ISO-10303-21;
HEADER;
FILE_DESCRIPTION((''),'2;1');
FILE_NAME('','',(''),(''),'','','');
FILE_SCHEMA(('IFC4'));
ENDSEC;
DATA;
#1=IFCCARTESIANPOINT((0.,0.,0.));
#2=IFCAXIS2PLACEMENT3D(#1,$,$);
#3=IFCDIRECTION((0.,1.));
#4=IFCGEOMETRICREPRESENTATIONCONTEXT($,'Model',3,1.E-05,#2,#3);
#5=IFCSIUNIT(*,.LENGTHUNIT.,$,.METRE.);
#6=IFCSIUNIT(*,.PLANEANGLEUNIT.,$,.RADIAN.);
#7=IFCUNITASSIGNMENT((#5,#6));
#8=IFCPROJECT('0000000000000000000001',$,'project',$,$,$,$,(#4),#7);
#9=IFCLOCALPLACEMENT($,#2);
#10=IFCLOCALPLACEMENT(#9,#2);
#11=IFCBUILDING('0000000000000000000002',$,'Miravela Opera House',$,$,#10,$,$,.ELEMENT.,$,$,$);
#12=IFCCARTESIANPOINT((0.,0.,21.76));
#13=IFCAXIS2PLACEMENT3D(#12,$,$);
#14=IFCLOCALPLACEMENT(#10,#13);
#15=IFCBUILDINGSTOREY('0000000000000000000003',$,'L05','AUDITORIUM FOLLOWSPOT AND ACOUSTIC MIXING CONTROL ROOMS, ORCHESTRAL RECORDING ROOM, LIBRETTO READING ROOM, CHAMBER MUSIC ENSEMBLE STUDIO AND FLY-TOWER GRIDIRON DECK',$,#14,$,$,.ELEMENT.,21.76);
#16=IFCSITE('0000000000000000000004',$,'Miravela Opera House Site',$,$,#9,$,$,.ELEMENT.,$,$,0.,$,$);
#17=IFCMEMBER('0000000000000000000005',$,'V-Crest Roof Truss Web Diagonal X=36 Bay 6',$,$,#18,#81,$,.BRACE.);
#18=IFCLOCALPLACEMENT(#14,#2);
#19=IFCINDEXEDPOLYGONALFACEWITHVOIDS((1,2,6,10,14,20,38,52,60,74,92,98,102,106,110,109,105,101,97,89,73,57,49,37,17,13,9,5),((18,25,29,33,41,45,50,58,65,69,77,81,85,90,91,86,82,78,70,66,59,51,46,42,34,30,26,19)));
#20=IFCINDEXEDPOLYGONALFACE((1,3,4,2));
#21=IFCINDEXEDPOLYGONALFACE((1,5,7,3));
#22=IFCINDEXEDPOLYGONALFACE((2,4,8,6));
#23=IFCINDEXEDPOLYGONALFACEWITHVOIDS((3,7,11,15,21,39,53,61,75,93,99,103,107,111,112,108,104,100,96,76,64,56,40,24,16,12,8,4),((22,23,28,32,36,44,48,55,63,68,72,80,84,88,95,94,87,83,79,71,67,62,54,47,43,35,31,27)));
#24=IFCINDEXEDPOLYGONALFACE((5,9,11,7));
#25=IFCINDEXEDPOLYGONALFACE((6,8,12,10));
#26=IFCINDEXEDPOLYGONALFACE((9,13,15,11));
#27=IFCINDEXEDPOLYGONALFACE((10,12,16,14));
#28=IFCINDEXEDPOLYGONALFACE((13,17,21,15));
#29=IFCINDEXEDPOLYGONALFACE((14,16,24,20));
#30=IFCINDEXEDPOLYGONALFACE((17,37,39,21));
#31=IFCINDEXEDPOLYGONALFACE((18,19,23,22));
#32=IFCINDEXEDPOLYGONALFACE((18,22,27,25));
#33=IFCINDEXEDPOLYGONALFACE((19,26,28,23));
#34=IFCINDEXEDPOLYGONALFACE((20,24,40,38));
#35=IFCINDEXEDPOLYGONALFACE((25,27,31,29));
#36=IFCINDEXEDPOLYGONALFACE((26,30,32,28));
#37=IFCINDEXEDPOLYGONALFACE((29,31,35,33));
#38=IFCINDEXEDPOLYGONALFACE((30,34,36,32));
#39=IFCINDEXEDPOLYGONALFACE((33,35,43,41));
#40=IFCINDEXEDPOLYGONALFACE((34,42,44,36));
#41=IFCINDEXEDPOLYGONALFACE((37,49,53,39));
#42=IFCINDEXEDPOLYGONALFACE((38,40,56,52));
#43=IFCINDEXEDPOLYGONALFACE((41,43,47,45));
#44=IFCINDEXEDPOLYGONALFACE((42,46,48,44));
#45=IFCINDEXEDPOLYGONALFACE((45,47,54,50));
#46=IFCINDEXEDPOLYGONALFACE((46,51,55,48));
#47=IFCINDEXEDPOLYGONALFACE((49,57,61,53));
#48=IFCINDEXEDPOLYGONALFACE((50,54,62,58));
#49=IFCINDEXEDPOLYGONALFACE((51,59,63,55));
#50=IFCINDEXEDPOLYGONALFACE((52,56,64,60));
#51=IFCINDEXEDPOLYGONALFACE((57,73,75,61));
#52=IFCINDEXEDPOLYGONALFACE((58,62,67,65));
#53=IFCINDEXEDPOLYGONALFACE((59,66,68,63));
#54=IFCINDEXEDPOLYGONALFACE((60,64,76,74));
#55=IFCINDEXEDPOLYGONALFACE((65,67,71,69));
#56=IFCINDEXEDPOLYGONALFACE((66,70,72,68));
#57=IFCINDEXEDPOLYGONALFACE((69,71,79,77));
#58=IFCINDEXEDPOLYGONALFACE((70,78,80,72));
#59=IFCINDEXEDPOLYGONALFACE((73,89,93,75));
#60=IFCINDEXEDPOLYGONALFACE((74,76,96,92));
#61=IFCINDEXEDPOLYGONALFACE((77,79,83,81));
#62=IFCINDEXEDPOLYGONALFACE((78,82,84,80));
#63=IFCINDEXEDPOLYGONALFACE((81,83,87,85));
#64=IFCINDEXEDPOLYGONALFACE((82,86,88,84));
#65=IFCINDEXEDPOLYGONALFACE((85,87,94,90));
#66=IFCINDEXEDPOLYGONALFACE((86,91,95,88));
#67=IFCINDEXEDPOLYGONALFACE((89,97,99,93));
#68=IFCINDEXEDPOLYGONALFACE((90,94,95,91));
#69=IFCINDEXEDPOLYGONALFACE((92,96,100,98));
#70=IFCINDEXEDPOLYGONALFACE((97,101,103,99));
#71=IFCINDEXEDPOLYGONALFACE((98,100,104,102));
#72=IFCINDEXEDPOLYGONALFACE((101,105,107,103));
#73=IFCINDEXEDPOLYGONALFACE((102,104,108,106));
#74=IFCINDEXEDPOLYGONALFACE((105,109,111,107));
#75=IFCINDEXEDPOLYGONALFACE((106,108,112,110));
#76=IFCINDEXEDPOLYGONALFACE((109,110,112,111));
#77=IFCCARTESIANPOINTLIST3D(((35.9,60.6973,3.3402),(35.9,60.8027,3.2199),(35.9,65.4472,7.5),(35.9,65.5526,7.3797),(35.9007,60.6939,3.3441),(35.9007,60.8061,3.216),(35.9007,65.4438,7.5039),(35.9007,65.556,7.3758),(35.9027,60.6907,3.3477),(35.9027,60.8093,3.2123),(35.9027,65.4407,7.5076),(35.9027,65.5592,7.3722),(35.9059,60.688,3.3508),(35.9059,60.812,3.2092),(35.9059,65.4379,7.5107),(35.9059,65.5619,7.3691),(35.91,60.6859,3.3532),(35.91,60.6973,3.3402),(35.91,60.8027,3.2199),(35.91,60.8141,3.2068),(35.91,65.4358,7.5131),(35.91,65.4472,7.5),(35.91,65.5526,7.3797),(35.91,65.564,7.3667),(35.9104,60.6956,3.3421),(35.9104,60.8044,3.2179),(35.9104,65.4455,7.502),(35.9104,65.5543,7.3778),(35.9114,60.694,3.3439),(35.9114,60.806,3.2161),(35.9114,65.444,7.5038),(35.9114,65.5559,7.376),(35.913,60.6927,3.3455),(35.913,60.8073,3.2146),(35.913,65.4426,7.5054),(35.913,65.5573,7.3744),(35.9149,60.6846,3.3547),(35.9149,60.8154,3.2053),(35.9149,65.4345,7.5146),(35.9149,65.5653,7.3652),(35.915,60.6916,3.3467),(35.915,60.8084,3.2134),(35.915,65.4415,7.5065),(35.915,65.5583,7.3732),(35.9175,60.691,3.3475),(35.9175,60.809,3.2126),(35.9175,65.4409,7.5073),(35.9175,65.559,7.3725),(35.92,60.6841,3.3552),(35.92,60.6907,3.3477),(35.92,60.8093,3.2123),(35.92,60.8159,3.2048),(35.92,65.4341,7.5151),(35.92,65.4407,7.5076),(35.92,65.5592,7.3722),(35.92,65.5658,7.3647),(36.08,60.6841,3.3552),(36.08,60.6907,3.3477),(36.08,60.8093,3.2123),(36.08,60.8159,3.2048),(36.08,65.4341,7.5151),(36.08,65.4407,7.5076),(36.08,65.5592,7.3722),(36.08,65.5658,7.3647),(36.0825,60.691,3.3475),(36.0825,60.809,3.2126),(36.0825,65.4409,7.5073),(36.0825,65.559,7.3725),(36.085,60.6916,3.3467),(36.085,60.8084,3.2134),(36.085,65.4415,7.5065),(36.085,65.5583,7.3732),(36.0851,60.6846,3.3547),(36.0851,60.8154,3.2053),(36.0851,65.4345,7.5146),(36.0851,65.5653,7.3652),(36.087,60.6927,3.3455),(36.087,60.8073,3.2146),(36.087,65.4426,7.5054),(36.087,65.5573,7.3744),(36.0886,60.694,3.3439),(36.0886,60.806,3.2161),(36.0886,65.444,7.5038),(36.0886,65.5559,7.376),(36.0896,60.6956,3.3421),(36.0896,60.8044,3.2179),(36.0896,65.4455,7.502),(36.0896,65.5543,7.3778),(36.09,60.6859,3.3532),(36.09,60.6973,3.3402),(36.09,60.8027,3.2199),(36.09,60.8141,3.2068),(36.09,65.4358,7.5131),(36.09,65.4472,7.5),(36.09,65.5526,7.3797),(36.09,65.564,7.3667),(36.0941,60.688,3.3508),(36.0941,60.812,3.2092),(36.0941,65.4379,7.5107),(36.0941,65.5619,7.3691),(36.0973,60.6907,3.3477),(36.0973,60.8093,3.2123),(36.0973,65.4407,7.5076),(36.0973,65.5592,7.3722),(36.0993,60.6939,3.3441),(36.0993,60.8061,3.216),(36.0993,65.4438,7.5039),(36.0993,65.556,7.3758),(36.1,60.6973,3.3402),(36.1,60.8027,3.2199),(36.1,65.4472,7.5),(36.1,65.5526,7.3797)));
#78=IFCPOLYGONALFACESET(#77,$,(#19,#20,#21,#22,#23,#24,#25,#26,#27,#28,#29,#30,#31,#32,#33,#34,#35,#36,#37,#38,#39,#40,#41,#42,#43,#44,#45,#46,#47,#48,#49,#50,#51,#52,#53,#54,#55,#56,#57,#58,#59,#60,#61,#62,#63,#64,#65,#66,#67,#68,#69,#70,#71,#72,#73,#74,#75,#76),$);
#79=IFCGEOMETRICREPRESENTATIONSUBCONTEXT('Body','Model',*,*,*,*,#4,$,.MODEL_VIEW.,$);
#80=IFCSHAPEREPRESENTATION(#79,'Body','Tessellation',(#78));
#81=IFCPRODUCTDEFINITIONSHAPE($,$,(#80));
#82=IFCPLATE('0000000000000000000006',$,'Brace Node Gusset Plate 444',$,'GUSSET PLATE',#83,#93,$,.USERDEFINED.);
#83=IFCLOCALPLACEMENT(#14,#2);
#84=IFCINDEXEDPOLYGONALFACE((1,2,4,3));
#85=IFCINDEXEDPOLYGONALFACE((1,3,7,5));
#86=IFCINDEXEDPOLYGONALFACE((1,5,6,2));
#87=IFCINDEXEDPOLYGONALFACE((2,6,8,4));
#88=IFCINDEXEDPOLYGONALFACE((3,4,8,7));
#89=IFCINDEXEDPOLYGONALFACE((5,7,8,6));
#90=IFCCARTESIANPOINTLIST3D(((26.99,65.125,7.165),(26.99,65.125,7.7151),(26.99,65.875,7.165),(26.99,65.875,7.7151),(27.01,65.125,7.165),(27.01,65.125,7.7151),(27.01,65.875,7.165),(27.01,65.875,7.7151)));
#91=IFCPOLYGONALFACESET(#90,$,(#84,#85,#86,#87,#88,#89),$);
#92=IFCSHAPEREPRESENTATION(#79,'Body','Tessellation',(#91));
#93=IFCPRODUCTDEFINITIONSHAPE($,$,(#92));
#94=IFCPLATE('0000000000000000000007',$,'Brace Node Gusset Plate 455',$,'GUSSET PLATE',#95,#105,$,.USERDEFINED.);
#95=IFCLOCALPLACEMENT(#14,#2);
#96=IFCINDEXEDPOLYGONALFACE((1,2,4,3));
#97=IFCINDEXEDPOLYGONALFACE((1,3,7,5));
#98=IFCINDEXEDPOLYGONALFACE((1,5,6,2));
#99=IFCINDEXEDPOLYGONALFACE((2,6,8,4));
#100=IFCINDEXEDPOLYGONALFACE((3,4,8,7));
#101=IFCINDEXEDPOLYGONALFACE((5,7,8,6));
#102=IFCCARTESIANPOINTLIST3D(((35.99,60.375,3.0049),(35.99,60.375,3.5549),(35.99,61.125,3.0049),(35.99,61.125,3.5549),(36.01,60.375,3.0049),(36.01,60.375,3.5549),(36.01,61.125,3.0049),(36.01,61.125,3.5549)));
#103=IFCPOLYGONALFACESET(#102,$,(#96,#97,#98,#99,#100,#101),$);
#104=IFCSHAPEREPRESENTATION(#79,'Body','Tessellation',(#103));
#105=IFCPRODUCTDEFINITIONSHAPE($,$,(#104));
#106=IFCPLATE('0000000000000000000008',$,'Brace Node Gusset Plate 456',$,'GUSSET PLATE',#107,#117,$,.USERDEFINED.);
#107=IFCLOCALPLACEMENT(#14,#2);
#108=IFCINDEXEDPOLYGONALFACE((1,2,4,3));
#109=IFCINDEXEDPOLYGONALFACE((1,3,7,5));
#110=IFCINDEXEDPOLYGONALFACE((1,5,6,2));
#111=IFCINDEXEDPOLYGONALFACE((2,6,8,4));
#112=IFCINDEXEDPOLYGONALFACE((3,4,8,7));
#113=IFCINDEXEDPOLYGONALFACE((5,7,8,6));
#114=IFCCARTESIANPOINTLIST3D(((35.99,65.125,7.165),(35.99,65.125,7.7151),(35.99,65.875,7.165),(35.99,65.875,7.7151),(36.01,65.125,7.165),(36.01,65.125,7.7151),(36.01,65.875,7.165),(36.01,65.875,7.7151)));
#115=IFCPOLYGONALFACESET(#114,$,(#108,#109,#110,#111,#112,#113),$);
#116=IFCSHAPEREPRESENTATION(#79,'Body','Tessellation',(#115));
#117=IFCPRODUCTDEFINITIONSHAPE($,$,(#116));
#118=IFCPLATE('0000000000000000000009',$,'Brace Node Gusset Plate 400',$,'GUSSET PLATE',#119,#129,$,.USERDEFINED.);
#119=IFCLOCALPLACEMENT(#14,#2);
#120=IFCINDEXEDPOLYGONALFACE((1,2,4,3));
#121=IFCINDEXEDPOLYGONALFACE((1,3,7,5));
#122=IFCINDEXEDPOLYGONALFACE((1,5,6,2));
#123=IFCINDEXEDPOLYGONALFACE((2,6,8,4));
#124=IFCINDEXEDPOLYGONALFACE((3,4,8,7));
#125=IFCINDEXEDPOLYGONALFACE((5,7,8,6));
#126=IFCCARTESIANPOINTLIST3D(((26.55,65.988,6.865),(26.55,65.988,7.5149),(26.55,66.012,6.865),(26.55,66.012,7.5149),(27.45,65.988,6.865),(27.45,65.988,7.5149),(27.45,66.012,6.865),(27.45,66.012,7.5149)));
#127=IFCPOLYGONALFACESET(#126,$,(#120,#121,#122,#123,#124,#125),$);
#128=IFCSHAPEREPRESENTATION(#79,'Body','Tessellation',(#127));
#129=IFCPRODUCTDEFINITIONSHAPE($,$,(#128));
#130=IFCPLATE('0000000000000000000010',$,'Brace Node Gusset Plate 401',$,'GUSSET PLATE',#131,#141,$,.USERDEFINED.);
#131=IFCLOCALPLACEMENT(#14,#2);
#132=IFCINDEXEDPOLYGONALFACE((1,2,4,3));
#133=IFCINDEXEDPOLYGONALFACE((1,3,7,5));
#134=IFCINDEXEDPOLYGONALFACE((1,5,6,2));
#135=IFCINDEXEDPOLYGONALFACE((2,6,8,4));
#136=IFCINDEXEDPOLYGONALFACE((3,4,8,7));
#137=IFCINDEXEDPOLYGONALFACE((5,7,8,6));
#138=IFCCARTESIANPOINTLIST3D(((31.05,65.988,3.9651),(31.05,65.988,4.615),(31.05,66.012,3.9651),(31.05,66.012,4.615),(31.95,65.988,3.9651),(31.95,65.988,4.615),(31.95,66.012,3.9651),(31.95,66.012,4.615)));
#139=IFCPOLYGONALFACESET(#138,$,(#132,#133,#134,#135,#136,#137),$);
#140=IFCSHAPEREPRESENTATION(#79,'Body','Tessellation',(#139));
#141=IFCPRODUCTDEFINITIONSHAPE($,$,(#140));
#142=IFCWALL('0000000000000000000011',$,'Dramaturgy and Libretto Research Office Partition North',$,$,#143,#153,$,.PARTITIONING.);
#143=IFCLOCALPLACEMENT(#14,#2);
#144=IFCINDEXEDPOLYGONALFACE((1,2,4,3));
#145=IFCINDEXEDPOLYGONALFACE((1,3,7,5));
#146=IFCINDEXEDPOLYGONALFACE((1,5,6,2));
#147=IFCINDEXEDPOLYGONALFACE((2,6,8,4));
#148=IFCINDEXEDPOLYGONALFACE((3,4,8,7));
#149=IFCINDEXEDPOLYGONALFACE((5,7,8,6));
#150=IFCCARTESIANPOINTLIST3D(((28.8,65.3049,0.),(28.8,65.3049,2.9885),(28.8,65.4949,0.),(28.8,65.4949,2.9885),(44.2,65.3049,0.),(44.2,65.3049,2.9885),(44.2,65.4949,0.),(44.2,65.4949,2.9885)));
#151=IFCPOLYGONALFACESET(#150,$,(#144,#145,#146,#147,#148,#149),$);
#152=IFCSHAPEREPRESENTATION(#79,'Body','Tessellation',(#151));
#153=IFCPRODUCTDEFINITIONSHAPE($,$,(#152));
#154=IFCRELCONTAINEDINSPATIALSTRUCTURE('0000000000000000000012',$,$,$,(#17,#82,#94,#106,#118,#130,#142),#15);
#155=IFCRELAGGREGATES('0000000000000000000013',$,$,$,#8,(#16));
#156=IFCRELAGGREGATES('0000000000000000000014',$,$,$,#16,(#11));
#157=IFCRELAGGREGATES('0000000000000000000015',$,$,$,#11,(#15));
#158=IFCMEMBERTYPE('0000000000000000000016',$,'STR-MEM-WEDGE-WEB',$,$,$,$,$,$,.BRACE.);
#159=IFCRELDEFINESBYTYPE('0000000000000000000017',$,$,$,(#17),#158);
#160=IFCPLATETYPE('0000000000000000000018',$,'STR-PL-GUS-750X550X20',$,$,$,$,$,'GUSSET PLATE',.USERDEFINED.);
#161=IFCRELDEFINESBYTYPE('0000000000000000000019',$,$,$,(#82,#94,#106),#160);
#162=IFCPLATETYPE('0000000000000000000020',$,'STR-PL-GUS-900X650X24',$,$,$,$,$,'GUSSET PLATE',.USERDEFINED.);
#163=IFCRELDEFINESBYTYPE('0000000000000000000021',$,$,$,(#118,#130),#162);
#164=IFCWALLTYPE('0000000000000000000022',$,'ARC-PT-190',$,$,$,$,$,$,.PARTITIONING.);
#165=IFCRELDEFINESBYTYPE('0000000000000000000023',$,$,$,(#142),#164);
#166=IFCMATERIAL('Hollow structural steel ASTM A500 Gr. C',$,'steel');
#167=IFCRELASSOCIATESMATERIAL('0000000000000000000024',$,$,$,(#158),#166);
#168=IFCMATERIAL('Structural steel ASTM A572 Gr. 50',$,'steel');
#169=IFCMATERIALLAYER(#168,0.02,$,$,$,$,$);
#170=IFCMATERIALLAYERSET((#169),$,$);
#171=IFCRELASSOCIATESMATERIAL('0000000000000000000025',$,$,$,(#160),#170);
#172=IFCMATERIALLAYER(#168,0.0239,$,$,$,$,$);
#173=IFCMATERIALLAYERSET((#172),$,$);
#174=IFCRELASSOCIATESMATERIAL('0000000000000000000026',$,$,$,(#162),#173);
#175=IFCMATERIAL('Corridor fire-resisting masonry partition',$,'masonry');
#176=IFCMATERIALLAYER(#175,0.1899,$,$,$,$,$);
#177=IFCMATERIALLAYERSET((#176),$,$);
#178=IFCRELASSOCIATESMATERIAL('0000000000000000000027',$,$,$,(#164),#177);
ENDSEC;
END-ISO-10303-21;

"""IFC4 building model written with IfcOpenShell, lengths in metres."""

from ifc_helpers import new_model, si_unit, direction, frame, frame_2d, origin, origin_2d, place, context, subcontext, project, spatial, rectangle, hollow_rectangle, extrude, material, layer, layer_set, material_profile, profile_set, type_object, element, save


model = new_model("IFC4")

# Units and contexts
model_context = context("Model", 3, precision=1e-05, world=origin(), true_north=direction((0.0, 1.0)))
body_context = subcontext(model_context, "Body", "Model", "MODEL_VIEW")
ifc_project = project(units=[si_unit("LENGTHUNIT", "METRE"), si_unit("PLANEANGLEUNIT", "RADIAN")], contexts=[model_context])

# Site, building, storey
site_placement = place(None, origin())
site = spatial("IfcSite", under=ifc_project, at=site_placement, Name="Miravela Opera House Site", CompositionType="ELEMENT", RefElevation=0.0)
building_placement = place(site_placement, origin())
building = spatial("IfcBuilding", under=site, at=building_placement, Name="Miravela Opera House", CompositionType="ELEMENT")
storey_placement = place(building_placement, frame((0.0, 0.0, 21.76)))
storey = spatial("IfcBuildingStorey", under=building, at=storey_placement, Name="L05", Description="AUDITORIUM FOLLOWSPOT AND ACOUSTIC MIXING CONTROL ROOMS, ORCHESTRAL RECORDING ROOM, LIBRETTO READING ROOM, CHAMBER MUSIC ENSEMBLE STUDIO AND FLY-TOWER GRIDIRON DECK", CompositionType="ELEMENT", Elevation=21.76)

# Member
ifc_material_1 = material(Name="Hollow structural steel ASTM A500 Gr. C", Category="steel")
ifc_material_profile_1 = material_profile(ifc_material_1, hollow_rectangle(XDim=0.2, YDim=0.2, WallThickness=0.01, InnerFilletRadius=0.01, OuterFilletRadius=0.02, at=origin_2d()), Name="HSS200X200X10")
ifc_profile_set_1 = profile_set([ifc_material_profile_1])
member_type_1 = type_object("IfcMemberType", Name="STR-MEM-WEDGE-WEB", PredefinedType="BRACE", material=ifc_profile_set_1)
member_1_placement = place(storey_placement, frame((36.0, 60.75, 3.28), z_axis=(0.0, 0.752289, 0.658833), x_axis=(-1.0, 0.0, 0.0)))
element("IfcMember", 1, at=member_1_placement, inside=storey, type_object=member_type_1, Name="V-Crest Roof Truss Web Diagonal X=36 Bay 6", PredefinedType="BRACE", context=body_context, shape_type="SweptSolid", body=[
    extrude(hollow_rectangle(XDim=0.2, YDim=0.2, WallThickness=0.01, InnerFilletRadius=0.01, OuterFilletRadius=0.02, at=origin_2d()), origin(), (0.0, 0.0, 1.0), 6.314),
])

# Plates
ifc_material_2 = material(Name="Structural steel ASTM A572 Gr. 50", Category="steel")
ifc_layer_1 = layer(ifc_material_2, 0.02)
ifc_layer_set_1 = layer_set([ifc_layer_1])
plate_type_1 = type_object("IfcPlateType", Name="STR-PL-GUS-750X550X20", ElementType="GUSSET PLATE", PredefinedType="USERDEFINED", material=ifc_layer_set_1)
for number, where, z_axis, x_axis, name in (
    (2, (27.0, 65.5, 7.165), (0.0, 0.0, 1.0), (0.0, 1.0, 0.0), "Brace Node Gusset Plate 444"),
    (3, (36.0, 60.75, 3.0049), (0.0, 0.0, 1.0), (0.0, 1.0, 0.0), "Brace Node Gusset Plate 455"),
    (4, (36.0, 65.5, 7.165), (0.0, 0.0, 1.0), (0.0, 1.0, 0.0), "Brace Node Gusset Plate 456"),
):
    element("IfcPlate", number, at=place(storey_placement, frame(where, z_axis=z_axis, x_axis=x_axis)), inside=storey, type_object=plate_type_1, Name=name, ObjectType="GUSSET PLATE", PredefinedType="USERDEFINED", context=body_context, shape_type="SweptSolid", body=[
        extrude(rectangle(XDim=0.75, YDim=0.02, at=origin_2d()), origin(), (0.0, 0.0, 1.0), 0.55),
    ])
ifc_layer_2 = layer(ifc_material_2, 0.0239)
ifc_layer_set_2 = layer_set([ifc_layer_2])
plate_type_2 = type_object("IfcPlateType", Name="STR-PL-GUS-900X650X24", ElementType="GUSSET PLATE", PredefinedType="USERDEFINED", material=ifc_layer_set_2)
for number, where, z_axis, x_axis, name in (
    (5, (27.0, 66.0, 6.865), (0.0, 0.0, 1.0), (1.0, 0.0, 0.0), "Brace Node Gusset Plate 400"),
    (6, (31.5, 66.0, 3.9651), (0.0, 0.0, 1.0), (1.0, 0.0, 0.0), "Brace Node Gusset Plate 401"),
):
    element("IfcPlate", number, at=place(storey_placement, frame(where, z_axis=z_axis, x_axis=x_axis)), inside=storey, type_object=plate_type_2, Name=name, ObjectType="GUSSET PLATE", PredefinedType="USERDEFINED", context=body_context, shape_type="SweptSolid", body=[
        extrude(rectangle(XDim=0.8999, YDim=0.0239, at=origin_2d()), origin(), (0.0, 0.0, 1.0), 0.6499),
    ])

# Wall
ifc_material_3 = material(Name="Corridor fire-resisting masonry partition", Category="masonry")
ifc_layer_3 = layer(ifc_material_3, 0.1899)
ifc_layer_set_3 = layer_set([ifc_layer_3])
wall_type = type_object("IfcWallType", Name="ARC-PT-190", PredefinedType="PARTITIONING", material=ifc_layer_set_3)
wall_placement = place(storey_placement, frame((28.8, 65.3999, 0.0), z_axis=(0.0, 0.0, 1.0), x_axis=(1.0, 0.0, 0.0)))
element("IfcWall", 7, at=wall_placement, inside=storey, type_object=wall_type, Name="Dramaturgy and Libretto Research Office Partition North", PredefinedType="PARTITIONING", context=body_context, shape_type="SweptSolid", body=[
    extrude(rectangle(XDim=15.3999, YDim=0.1899, at=frame_2d((7.7, 0.0))), origin(), (0.0, 0.0, 1.0), 2.9885),
])

save(model, "model.ifc")
